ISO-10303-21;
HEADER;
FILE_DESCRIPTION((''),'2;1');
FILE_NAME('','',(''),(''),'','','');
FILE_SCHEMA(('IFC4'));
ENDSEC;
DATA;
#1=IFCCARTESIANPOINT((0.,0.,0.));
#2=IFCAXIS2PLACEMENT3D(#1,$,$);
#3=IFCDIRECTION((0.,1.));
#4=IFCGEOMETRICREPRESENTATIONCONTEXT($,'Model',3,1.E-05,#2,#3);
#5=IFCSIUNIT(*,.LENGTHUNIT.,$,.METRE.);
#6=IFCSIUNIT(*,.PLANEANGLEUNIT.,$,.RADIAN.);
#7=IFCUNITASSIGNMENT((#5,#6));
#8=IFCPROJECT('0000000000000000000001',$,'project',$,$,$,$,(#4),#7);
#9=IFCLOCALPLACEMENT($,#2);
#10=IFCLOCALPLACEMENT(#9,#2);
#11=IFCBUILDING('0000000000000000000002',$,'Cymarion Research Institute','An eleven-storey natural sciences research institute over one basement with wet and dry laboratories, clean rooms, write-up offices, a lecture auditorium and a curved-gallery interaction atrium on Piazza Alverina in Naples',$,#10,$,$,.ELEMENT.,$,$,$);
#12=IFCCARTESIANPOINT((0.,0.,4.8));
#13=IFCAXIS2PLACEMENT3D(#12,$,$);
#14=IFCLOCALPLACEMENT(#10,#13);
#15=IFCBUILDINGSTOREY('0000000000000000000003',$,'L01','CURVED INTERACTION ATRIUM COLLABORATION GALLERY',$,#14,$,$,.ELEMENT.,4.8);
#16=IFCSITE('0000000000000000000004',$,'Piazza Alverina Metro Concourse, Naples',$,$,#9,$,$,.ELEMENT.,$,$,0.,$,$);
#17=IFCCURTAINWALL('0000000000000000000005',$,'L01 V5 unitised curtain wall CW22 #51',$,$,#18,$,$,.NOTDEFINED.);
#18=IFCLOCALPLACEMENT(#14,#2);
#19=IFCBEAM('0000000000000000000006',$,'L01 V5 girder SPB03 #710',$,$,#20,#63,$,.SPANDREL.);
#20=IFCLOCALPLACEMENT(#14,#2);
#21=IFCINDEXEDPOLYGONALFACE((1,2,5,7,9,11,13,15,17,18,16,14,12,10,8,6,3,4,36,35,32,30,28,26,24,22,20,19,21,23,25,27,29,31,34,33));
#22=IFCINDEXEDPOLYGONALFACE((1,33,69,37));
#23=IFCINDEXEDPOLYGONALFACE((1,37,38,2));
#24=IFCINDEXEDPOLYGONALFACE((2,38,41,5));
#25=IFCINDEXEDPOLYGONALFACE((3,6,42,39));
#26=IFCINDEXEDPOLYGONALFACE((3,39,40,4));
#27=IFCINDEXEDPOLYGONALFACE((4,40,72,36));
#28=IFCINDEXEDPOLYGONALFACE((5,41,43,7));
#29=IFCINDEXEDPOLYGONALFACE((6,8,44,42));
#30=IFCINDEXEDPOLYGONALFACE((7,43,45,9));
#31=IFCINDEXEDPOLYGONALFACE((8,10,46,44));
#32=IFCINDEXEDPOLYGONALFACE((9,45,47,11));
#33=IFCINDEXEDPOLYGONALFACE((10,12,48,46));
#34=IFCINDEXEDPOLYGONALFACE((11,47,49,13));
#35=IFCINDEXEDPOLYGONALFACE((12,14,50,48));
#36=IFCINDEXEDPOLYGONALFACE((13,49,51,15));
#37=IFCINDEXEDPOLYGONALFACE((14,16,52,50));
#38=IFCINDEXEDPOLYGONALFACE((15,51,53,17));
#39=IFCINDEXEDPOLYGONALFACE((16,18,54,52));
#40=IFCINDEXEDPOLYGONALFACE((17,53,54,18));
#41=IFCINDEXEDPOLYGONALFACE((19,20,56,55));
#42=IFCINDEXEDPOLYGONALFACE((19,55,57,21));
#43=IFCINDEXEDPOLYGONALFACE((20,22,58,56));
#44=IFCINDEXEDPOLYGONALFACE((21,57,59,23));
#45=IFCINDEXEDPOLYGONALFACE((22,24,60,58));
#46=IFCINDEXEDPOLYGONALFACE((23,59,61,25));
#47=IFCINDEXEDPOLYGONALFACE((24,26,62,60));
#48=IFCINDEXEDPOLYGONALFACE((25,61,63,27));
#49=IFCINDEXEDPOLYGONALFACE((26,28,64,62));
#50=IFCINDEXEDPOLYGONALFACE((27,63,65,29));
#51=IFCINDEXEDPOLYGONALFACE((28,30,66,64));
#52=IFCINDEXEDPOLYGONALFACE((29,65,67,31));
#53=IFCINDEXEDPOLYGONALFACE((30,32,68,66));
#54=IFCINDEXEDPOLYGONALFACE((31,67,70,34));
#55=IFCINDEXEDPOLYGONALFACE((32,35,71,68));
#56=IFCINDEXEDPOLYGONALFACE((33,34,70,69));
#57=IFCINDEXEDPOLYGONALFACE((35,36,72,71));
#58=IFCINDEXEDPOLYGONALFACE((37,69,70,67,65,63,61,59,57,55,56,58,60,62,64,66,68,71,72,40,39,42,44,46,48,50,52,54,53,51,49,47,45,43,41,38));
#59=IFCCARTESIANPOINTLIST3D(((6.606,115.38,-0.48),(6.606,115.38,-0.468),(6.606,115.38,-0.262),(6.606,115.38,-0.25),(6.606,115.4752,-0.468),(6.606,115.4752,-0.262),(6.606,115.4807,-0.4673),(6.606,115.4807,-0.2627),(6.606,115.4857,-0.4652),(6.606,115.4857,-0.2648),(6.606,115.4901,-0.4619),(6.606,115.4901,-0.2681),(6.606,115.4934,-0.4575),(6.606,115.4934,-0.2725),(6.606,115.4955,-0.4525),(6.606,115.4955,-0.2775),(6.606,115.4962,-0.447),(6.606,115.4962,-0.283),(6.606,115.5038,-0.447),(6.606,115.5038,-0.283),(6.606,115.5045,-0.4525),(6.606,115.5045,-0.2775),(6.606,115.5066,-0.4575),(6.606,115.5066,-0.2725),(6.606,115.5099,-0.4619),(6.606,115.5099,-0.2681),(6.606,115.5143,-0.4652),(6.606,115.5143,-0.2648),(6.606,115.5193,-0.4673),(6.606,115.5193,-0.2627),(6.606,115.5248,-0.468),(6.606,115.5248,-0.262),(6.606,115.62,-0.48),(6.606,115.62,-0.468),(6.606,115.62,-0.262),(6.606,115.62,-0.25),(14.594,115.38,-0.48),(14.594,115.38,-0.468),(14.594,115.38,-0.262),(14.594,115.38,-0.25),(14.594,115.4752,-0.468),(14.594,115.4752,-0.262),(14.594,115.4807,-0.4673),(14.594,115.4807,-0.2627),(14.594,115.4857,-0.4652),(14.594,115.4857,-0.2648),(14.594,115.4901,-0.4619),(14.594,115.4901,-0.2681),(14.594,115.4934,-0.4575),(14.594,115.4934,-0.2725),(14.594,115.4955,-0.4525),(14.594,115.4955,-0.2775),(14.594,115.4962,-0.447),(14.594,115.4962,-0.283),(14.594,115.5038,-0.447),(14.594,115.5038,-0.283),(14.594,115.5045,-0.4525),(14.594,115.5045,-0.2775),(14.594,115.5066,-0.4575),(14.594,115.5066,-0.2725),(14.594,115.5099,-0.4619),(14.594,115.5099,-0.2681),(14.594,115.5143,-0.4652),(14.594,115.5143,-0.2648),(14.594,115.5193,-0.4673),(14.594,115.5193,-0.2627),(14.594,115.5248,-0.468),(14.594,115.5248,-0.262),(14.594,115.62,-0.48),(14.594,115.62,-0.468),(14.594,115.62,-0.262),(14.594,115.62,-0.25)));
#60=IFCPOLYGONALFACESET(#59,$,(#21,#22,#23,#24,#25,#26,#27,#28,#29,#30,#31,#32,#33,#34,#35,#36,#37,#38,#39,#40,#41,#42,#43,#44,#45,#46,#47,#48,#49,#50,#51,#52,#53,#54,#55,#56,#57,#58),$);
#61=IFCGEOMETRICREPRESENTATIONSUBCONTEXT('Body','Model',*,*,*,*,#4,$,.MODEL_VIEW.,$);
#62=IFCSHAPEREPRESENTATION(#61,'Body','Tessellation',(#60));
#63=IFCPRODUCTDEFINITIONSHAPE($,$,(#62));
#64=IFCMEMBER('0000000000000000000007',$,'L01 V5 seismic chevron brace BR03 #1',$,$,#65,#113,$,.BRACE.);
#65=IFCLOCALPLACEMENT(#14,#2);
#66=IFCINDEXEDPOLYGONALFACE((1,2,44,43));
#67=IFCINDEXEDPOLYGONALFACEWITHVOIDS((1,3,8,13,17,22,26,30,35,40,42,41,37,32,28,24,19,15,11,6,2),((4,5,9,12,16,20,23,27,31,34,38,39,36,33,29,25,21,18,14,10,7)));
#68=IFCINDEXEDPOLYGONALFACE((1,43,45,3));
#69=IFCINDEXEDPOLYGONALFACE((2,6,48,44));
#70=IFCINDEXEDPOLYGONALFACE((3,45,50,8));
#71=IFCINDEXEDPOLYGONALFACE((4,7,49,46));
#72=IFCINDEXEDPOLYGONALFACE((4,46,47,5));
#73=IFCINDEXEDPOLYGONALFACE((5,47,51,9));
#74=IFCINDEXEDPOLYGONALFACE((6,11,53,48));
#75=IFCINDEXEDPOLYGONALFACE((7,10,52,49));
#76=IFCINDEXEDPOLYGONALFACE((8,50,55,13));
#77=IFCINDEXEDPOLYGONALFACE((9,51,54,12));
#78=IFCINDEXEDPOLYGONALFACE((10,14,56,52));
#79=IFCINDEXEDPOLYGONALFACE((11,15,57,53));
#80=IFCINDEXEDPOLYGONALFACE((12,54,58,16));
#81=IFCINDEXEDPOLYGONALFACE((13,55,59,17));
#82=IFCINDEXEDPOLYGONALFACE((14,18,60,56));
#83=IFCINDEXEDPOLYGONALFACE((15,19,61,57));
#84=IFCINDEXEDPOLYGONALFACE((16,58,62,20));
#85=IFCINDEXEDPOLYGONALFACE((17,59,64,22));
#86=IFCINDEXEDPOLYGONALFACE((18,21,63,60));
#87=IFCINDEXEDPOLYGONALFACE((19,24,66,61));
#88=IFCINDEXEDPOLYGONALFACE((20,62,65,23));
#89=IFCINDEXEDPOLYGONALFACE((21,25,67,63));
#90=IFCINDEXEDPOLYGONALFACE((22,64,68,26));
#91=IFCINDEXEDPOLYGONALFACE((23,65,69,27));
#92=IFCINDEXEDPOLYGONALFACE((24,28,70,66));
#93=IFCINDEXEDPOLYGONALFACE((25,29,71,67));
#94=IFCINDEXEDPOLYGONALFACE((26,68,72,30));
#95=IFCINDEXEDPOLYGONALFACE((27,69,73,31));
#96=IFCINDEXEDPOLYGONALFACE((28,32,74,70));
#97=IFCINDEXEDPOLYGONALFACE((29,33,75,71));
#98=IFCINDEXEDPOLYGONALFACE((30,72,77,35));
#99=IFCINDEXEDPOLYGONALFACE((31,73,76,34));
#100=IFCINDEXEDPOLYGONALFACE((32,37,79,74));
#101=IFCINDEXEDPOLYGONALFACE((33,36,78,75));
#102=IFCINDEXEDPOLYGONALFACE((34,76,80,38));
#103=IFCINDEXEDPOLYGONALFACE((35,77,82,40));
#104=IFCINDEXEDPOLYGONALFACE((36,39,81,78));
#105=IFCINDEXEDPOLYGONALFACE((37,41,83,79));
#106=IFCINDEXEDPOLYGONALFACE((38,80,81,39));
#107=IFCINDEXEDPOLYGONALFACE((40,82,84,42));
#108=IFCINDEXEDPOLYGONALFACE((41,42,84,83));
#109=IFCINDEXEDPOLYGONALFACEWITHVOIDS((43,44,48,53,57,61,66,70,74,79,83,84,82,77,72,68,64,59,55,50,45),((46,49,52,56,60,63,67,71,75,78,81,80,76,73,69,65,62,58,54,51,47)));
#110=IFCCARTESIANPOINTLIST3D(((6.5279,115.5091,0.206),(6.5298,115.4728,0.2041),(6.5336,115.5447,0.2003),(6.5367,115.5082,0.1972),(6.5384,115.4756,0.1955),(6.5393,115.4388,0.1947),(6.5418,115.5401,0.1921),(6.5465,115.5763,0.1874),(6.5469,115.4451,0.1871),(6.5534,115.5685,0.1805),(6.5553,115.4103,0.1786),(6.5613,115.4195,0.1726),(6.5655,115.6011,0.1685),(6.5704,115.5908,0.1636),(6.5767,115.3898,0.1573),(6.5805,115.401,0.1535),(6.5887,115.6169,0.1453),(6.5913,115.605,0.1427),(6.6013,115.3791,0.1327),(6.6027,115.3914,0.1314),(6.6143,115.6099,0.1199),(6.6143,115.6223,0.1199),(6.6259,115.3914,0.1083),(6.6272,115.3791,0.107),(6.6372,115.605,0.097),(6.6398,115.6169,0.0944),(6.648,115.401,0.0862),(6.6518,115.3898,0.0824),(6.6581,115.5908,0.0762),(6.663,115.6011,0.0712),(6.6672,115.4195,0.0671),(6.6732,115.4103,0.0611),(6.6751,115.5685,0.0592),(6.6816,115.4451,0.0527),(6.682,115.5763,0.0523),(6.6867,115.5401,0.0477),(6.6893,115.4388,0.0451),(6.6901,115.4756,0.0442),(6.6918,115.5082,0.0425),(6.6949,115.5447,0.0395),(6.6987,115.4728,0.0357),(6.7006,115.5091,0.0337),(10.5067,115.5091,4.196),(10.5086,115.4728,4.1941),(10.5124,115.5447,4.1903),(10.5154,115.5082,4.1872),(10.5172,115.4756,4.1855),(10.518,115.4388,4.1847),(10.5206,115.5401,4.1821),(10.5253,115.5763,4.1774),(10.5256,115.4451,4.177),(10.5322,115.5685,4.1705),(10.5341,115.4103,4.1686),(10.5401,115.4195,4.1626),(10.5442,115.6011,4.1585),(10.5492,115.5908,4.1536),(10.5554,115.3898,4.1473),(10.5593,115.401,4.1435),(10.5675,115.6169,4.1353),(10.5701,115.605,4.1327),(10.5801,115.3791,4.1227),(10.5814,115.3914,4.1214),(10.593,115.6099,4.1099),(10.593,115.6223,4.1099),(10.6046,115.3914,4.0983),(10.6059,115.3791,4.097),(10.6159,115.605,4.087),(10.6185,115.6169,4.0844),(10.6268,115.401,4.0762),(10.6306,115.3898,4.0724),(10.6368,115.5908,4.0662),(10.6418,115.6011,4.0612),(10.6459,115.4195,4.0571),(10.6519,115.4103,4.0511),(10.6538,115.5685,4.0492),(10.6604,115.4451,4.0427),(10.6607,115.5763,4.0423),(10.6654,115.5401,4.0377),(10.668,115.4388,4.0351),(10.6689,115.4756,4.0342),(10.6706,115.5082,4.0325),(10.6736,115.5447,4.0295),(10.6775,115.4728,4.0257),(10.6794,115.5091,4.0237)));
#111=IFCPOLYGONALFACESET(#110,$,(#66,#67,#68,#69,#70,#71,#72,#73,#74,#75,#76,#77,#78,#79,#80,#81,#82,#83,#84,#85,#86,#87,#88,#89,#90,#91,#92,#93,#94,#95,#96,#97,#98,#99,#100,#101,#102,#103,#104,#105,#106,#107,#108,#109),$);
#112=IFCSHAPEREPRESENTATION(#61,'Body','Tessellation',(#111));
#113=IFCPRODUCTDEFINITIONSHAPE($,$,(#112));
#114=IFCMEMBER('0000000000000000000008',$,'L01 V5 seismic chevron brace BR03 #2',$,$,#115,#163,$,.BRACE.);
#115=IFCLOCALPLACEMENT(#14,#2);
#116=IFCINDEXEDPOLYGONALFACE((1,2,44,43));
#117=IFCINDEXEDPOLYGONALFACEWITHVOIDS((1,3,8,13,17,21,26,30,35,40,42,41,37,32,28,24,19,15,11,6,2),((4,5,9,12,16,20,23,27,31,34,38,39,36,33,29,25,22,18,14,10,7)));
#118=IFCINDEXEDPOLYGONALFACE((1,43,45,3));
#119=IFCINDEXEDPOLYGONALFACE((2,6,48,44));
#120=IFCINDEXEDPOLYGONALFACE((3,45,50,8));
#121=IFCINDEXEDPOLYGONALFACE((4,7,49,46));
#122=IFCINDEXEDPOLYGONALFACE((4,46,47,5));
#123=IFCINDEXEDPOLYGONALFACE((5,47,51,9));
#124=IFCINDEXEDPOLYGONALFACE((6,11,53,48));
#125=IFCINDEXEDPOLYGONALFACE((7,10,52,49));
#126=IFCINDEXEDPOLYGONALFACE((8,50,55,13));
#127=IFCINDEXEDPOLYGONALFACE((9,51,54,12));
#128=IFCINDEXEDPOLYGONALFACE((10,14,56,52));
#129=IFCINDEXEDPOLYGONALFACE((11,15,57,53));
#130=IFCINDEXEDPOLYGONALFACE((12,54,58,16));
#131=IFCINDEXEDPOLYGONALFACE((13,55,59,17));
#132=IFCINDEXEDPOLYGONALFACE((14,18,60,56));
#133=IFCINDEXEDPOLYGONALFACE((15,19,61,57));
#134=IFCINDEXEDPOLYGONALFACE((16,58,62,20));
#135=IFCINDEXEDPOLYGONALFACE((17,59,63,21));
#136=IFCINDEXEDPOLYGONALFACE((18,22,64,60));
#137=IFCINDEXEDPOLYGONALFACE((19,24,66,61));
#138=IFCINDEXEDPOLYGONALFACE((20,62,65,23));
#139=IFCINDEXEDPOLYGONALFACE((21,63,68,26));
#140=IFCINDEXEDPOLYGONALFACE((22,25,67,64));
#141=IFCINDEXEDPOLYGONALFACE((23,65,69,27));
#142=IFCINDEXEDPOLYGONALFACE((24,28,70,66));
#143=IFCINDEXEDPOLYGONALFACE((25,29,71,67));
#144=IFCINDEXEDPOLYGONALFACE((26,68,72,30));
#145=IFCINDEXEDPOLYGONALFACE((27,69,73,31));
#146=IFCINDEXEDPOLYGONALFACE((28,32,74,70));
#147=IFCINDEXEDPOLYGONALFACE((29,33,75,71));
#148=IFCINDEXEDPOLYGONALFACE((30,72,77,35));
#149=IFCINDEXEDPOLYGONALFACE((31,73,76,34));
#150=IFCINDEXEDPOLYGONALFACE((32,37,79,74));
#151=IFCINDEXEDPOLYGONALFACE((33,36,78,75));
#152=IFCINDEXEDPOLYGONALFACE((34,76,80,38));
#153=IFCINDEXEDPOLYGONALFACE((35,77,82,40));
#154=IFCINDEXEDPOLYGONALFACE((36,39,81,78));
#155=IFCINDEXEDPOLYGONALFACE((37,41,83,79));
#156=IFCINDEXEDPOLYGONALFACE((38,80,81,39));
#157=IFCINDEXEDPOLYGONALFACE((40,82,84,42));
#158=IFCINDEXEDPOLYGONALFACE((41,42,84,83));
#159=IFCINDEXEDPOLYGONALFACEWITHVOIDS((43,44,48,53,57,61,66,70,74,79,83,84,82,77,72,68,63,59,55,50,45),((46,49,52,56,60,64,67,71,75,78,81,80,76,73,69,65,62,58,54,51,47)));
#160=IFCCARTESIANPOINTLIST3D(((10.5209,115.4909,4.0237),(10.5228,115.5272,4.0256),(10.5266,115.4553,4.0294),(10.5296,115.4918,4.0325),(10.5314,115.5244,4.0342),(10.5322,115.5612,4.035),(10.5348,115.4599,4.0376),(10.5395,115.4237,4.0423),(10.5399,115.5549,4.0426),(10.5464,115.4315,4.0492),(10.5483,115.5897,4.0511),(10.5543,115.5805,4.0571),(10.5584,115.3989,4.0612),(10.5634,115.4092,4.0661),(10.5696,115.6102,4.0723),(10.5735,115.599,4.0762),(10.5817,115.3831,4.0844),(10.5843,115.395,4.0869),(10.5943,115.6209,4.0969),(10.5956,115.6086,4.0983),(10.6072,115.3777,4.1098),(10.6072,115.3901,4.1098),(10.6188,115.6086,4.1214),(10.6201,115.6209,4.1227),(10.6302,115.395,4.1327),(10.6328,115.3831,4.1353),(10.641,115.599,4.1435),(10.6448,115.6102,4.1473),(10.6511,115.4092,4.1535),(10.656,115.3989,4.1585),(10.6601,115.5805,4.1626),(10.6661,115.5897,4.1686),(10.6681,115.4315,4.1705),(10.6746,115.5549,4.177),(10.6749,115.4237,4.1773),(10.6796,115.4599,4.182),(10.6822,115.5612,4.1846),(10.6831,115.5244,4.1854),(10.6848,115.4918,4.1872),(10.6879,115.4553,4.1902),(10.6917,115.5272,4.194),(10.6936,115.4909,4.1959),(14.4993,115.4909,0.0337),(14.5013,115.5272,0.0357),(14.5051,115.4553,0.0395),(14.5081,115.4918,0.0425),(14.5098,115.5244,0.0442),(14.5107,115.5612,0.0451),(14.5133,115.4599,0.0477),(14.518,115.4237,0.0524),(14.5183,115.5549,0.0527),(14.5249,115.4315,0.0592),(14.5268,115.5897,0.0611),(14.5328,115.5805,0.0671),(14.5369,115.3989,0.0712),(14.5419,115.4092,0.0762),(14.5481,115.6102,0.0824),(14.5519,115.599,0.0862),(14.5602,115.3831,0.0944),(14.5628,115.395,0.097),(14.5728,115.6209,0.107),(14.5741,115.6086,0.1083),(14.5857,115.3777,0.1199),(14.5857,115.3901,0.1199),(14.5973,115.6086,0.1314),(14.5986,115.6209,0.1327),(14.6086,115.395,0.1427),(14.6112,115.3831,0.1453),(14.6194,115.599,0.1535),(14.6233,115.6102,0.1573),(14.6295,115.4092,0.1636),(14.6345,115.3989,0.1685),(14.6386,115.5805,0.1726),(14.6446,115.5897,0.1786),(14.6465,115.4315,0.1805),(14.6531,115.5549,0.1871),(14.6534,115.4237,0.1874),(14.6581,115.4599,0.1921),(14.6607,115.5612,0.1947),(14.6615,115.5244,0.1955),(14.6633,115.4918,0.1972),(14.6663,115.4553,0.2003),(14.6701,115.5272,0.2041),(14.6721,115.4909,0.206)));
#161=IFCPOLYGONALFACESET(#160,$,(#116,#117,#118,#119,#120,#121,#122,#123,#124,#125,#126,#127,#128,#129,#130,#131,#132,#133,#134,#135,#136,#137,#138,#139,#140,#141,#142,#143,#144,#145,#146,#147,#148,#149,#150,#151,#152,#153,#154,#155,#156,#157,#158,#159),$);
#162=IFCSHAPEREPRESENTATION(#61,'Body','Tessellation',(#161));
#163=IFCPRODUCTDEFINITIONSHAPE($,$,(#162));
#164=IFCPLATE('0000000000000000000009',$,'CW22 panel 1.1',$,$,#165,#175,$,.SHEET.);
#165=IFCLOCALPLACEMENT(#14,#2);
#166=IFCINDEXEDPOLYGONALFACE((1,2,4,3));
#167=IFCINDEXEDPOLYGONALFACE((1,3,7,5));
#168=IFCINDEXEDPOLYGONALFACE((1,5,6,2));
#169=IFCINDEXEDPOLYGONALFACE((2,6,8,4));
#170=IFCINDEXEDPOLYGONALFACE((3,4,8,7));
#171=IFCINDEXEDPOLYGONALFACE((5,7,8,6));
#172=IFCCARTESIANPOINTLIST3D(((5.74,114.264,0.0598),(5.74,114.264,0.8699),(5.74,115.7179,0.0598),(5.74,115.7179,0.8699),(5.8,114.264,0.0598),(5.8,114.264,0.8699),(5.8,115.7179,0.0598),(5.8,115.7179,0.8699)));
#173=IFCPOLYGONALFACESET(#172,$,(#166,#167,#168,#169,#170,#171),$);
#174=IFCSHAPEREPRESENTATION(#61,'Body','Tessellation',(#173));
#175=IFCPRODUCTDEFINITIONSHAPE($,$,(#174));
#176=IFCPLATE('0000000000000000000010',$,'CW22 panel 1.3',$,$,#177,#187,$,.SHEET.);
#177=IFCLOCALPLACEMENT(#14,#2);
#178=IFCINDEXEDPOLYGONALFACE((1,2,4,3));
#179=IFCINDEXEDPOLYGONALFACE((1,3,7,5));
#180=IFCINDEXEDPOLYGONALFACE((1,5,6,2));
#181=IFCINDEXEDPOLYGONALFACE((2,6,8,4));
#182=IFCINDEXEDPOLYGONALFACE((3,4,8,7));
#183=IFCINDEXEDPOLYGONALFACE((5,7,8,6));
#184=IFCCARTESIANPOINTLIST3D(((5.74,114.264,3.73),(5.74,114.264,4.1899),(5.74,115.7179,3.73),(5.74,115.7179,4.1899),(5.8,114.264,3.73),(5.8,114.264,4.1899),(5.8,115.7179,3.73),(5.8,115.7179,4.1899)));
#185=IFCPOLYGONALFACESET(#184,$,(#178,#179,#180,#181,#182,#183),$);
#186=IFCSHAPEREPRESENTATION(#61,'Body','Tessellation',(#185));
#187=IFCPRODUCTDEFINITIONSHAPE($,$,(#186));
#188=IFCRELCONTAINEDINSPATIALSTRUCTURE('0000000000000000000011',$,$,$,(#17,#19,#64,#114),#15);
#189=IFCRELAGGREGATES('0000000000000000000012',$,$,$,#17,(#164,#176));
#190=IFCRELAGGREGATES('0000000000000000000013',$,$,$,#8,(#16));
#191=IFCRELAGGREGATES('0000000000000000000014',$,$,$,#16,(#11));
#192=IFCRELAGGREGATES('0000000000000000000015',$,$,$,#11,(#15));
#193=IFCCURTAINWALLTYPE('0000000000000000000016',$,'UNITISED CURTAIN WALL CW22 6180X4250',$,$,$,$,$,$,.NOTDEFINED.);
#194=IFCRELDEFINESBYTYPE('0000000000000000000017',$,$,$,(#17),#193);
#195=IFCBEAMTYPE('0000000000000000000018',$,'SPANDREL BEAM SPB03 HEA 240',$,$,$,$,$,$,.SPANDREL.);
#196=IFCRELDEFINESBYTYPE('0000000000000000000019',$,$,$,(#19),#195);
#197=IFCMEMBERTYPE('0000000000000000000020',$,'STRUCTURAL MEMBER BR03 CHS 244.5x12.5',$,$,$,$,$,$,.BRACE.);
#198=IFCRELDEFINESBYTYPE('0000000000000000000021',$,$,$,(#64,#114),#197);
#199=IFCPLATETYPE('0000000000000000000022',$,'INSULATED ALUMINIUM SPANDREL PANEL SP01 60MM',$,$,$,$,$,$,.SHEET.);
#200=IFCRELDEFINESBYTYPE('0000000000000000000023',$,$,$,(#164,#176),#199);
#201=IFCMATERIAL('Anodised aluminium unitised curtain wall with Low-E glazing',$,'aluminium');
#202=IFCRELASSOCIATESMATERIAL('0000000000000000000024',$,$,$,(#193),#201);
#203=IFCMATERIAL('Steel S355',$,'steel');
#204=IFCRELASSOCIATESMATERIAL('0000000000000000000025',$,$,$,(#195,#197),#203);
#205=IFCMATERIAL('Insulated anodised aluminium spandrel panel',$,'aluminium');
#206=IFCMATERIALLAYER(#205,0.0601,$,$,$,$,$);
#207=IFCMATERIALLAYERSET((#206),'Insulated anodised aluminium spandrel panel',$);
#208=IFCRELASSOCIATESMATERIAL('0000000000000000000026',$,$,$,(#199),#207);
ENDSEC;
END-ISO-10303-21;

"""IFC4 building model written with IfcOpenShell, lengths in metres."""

from ifc_helpers import new_model, si_unit, direction, frame, origin, origin_2d, place, context, subcontext, project, spatial, rectangle, hollow_circle, i_section, extrude, material, layer, layer_set, material_profile, profile_set, type_object, element, aggregate, save


model = new_model("IFC4")

# Units and contexts
model_context = context("Model", 3, precision=1e-05, world=origin(), true_north=direction((0.0, 1.0)))
body_context = subcontext(model_context, "Body", "Model", "MODEL_VIEW")
ifc_project = project(units=[si_unit("LENGTHUNIT", "METRE"), si_unit("PLANEANGLEUNIT", "RADIAN")], contexts=[model_context])

# Site, building, storey
site_placement = place(None, origin())
site = spatial("IfcSite", under=ifc_project, at=site_placement, Name="Piazza Alverina Metro Concourse, Naples", CompositionType="ELEMENT", RefElevation=0.0)
building_placement = place(site_placement, origin())
building = spatial("IfcBuilding", under=site, at=building_placement, Name="Cymarion Research Institute", Description="An eleven-storey natural sciences research institute over one basement with wet and dry laboratories, clean rooms, write-up offices, a lecture auditorium and a curved-gallery interaction atrium on Piazza Alverina in Naples", CompositionType="ELEMENT")
storey_placement = place(building_placement, frame((0.0, 0.0, 4.8)))
storey = spatial("IfcBuildingStorey", under=building, at=storey_placement, Name="L01", Description="CURVED INTERACTION ATRIUM COLLABORATION GALLERY", CompositionType="ELEMENT", Elevation=4.8)

# Shared definitions
ifc_material_1 = material(Name="Steel S355", Category="steel")

# Curtain wall
ifc_material_2 = material(Name="Anodised aluminium unitised curtain wall with Low-E glazing", Category="aluminium")
curtain_wall_type = type_object("IfcCurtainWallType", Name="UNITISED CURTAIN WALL CW22 6180X4250", PredefinedType="NOTDEFINED", material=ifc_material_2)
curtain_wall_placement = place(storey_placement, origin())
curtain_wall = element("IfcCurtainWall", 1, at=curtain_wall_placement, inside=storey, type_object=curtain_wall_type, Name="L01 V5 unitised curtain wall CW22 #51", PredefinedType="NOTDEFINED")

# Beam
ifc_material_profile_1 = material_profile(ifc_material_1, i_section(OverallWidth=0.24, OverallDepth=0.23, WebThickness=0.0076, FlangeThickness=0.012, FilletRadius=0.021, at=origin_2d()), Name="HEA 240")
ifc_profile_set_1 = profile_set([ifc_material_profile_1], Name="Steel S355")
beam_type = type_object("IfcBeamType", Name="SPANDREL BEAM SPB03 HEA 240", PredefinedType="SPANDREL", material=ifc_profile_set_1)
beam_placement = place(storey_placement, frame((6.606, 115.5, -0.365), z_axis=(1.0, 0.0, 0.0), x_axis=(0.0, 1.0, 0.0)))
element("IfcBeam", 2, at=beam_placement, inside=storey, type_object=beam_type, Name="L01 V5 girder SPB03 #710", PredefinedType="SPANDREL", context=body_context, shape_type="SweptSolid", body=[
    extrude(i_section(OverallWidth=0.24, OverallDepth=0.23, WebThickness=0.0076, FlangeThickness=0.012, FilletRadius=0.021, at=origin_2d()), origin(), (0.0, 0.0, 1.0), 7.988),
])

# Members
ifc_material_profile_2 = material_profile(ifc_material_1, hollow_circle(Radius=0.1223, WallThickness=0.0125, at=origin_2d()), Name="CHS 244.5x12.5")
ifc_profile_set_2 = profile_set([ifc_material_profile_2], Name="Steel S355")
member_type_1 = type_object("IfcMemberType", Name="STRUCTURAL MEMBER BR03 CHS 244.5x12.5", PredefinedType="BRACE", material=ifc_profile_set_2)
member_1_placement = place(storey_placement, frame((6.6143, 115.5, 0.1199), z_axis=(0.70611, 0.0, 0.708103), x_axis=(0.0, 1.0, 0.0)))
element("IfcMember", 3, at=member_1_placement, inside=storey, type_object=member_type_1, Name="L01 V5 seismic chevron brace BR03 #1", PredefinedType="BRACE", context=body_context, shape_type="SweptSolid", body=[
    extrude(hollow_circle(Radius=0.1223, WallThickness=0.0125, at=origin_2d()), origin(), (0.0, 0.0, 1.0), 5.6348),
])
member_2_placement = place(storey_placement, frame((14.5857, 115.5, 0.1199), z_axis=(-0.706088, 0.0, 0.708124), x_axis=(0.0, -1.0, 0.0)))
element("IfcMember", 4, at=member_2_placement, inside=storey, type_object=member_type_1, Name="L01 V5 seismic chevron brace BR03 #2", PredefinedType="BRACE", context=body_context, shape_type="SweptSolid", body=[
    extrude(hollow_circle(Radius=0.1223, WallThickness=0.0125, at=origin_2d()), origin(), (0.0, 0.0, 1.0), 5.6345),
])

# Plates
ifc_material_3 = material(Name="Insulated anodised aluminium spandrel panel", Category="aluminium")
ifc_layer_1 = layer(ifc_material_3, 0.0601)
ifc_layer_set_1 = layer_set([ifc_layer_1], Name="Insulated anodised aluminium spandrel panel")
plate_type_1 = type_object("IfcPlateType", Name="INSULATED ALUMINIUM SPANDREL PANEL SP01 60MM", PredefinedType="SHEET", material=ifc_layer_set_1)
plate_1_placement = place(storey_placement, frame((5.77, 114.991, 0.0598), z_axis=(0.0, 0.0, 1.0), x_axis=(0.0, -1.0, 0.0)))
plate_1 = element("IfcPlate", 5, at=plate_1_placement, type_object=plate_type_1, Name="CW22 panel 1.1", PredefinedType="SHEET", context=body_context, shape_type="SweptSolid", body=[
    extrude(rectangle(XDim=1.4539, YDim=0.0601, at=origin_2d()), origin(), (0.0, 0.0, 1.0), 0.8101),
])
plate_2_placement = place(storey_placement, frame((5.77, 114.991, 3.73), z_axis=(0.0, 0.0, 1.0), x_axis=(0.0, -1.0, 0.0)))
plate_2 = element("IfcPlate", 6, at=plate_2_placement, type_object=plate_type_1, Name="CW22 panel 1.3", PredefinedType="SHEET", context=body_context, shape_type="SweptSolid", body=[
    extrude(rectangle(XDim=1.4539, YDim=0.0601, at=origin_2d()), origin(), (0.0, 0.0, 1.0), 0.46),
])
aggregate(curtain_wall, [plate_1, plate_2])

save(model, "model.ifc")
